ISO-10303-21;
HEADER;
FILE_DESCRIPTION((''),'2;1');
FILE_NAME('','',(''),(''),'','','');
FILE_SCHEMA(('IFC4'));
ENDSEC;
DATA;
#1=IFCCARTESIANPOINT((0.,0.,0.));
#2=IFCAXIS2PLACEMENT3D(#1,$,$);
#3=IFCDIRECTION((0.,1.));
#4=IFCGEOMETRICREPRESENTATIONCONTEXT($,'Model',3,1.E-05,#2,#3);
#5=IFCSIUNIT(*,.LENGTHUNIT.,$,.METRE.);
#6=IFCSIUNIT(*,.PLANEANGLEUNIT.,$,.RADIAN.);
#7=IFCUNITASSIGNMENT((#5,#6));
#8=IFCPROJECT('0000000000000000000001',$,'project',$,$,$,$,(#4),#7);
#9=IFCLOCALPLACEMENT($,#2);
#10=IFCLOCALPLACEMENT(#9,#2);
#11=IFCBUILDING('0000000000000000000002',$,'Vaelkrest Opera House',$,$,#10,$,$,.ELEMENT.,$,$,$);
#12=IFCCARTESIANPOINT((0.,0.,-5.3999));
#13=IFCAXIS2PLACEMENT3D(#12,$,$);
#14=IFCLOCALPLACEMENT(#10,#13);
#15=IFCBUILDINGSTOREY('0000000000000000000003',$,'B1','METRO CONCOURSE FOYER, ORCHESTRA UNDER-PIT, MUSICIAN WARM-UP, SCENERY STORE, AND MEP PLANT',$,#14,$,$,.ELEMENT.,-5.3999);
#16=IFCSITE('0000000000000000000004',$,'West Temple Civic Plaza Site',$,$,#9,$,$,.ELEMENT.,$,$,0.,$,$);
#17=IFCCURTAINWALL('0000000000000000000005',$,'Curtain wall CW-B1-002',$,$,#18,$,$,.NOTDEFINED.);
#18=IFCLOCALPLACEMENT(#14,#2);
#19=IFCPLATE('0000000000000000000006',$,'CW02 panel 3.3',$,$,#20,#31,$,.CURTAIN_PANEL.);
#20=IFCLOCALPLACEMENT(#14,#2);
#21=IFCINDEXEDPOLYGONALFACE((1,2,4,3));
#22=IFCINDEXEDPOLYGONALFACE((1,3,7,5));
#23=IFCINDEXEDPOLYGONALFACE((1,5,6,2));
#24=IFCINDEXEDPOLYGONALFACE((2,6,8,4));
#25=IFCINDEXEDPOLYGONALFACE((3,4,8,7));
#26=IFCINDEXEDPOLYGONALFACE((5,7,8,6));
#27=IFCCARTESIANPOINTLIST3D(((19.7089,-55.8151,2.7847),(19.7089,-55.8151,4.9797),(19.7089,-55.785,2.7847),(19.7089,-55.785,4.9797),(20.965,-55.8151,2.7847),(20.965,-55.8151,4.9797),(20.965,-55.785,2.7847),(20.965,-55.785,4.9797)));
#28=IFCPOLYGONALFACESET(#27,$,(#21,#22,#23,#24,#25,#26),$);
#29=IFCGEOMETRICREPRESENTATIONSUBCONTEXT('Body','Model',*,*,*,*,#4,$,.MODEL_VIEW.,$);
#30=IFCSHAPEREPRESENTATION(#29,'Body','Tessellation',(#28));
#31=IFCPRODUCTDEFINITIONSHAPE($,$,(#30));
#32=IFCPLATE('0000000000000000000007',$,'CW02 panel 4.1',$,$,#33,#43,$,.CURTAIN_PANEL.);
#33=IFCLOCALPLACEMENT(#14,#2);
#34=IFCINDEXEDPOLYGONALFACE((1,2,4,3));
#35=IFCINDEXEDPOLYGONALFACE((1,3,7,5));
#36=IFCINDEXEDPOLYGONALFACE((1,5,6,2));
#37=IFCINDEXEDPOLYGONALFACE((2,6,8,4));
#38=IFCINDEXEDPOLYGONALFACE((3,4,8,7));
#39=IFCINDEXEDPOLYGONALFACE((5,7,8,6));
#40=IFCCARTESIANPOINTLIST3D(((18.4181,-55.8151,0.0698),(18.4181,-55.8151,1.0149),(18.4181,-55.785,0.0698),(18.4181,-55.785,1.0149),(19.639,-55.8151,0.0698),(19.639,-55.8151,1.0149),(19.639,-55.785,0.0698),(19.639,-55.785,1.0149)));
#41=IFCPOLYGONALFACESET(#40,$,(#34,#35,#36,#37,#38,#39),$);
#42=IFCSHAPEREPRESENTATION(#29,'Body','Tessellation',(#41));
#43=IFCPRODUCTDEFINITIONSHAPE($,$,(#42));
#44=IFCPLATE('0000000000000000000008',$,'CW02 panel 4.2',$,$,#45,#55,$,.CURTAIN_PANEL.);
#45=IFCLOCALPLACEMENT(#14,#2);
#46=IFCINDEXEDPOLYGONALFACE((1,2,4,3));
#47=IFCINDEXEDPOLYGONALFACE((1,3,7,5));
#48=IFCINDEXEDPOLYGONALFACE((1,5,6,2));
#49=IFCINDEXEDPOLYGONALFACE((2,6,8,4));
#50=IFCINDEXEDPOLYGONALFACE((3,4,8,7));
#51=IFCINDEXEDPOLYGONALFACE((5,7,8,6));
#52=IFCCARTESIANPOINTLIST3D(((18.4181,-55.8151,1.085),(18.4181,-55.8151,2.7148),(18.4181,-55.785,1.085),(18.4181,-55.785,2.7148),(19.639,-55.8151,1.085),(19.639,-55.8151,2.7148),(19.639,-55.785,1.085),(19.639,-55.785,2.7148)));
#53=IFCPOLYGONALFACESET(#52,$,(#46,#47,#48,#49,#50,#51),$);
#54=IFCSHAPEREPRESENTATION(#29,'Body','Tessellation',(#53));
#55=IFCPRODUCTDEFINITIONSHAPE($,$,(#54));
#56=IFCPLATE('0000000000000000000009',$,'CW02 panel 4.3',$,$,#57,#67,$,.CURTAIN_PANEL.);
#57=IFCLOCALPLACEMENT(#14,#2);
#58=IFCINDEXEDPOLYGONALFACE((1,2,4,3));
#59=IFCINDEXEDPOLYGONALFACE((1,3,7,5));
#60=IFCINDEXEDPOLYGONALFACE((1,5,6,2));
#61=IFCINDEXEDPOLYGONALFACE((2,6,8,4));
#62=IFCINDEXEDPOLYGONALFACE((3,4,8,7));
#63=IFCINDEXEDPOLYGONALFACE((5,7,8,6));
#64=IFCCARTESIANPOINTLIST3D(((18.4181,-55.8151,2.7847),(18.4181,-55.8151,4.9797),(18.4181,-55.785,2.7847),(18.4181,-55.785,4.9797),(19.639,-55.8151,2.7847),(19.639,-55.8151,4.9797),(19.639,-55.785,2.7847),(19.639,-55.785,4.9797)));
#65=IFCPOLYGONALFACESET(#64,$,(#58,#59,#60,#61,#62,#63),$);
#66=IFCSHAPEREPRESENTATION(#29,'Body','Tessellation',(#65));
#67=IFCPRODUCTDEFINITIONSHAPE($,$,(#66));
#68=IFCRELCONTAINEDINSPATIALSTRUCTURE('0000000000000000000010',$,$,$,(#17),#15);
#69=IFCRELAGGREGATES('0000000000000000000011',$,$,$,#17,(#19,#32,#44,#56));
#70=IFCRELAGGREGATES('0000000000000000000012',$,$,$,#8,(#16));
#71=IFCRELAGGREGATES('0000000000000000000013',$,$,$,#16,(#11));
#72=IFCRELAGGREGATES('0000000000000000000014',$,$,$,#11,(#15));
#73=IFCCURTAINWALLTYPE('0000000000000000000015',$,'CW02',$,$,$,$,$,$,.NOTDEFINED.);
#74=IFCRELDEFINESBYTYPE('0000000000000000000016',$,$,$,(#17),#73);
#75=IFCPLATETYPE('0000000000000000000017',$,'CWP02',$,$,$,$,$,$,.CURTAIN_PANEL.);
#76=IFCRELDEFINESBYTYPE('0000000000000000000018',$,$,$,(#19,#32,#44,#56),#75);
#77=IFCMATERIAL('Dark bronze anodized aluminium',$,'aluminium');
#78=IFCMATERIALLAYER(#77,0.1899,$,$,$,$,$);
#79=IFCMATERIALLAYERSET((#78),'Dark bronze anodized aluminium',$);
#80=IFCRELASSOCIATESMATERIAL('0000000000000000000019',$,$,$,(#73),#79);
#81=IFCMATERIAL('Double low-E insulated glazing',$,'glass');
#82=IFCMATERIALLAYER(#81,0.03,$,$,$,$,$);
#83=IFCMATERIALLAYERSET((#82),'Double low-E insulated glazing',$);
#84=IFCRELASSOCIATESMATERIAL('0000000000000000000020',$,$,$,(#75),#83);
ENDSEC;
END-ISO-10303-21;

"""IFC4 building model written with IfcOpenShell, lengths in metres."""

from ifc_helpers import new_model, si_unit, direction, frame, origin, origin_2d, place, context, subcontext, project, spatial, rectangle, extrude, material, layer, layer_set, type_object, element, aggregate, save


model = new_model("IFC4")

# Units and contexts
model_context = context("Model", 3, precision=1e-05, world=origin(), true_north=direction((0.0, 1.0)))
body_context = subcontext(model_context, "Body", "Model", "MODEL_VIEW")
ifc_project = project(units=[si_unit("LENGTHUNIT", "METRE"), si_unit("PLANEANGLEUNIT", "RADIAN")], contexts=[model_context])

# Site, building, storey
site_placement = place(None, origin())
site = spatial("IfcSite", under=ifc_project, at=site_placement, Name="West Temple Civic Plaza Site", CompositionType="ELEMENT", RefElevation=0.0)
building_placement = place(site_placement, origin())
building = spatial("IfcBuilding", under=site, at=building_placement, Name="Vaelkrest Opera House", CompositionType="ELEMENT")
storey_placement = place(building_placement, frame((0.0, 0.0, -5.3999)))
storey = spatial("IfcBuildingStorey", under=building, at=storey_placement, Name="B1", Description="METRO CONCOURSE FOYER, ORCHESTRA UNDER-PIT, MUSICIAN WARM-UP, SCENERY STORE, AND MEP PLANT", CompositionType="ELEMENT", Elevation=-5.3999)

# Curtain wall
ifc_material_1 = material(Name="Dark bronze anodized aluminium", Category="aluminium")
ifc_layer_1 = layer(ifc_material_1, 0.1899)
ifc_layer_set_1 = layer_set([ifc_layer_1], Name="Dark bronze anodized aluminium")
curtain_wall_type_1 = type_object("IfcCurtainWallType", Name="CW02", PredefinedType="NOTDEFINED", material=ifc_layer_set_1)
curtain_wall_1_placement = place(storey_placement, origin())
curtain_wall_1 = element("IfcCurtainWall", 1, at=curtain_wall_1_placement, inside=storey, type_object=curtain_wall_type_1, Name="Curtain wall CW-B1-002", PredefinedType="NOTDEFINED")

# Plates
ifc_material_2 = material(Name="Double low-E insulated glazing", Category="glass")
ifc_layer_2 = layer(ifc_material_2, 0.03)
ifc_layer_set_2 = layer_set([ifc_layer_2], Name="Double low-E insulated glazing")
plate_type = type_object("IfcPlateType", Name="CWP02", PredefinedType="CURTAIN_PANEL", material=ifc_layer_set_2)
plate_1_placement = place(storey_placement, frame((20.3369, -55.8, 2.7847), z_axis=(0.0, 0.0, 1.0), x_axis=(-1.0, 0.0, 0.0)))
plate_1 = element("IfcPlate", 2, at=plate_1_placement, type_object=plate_type, Name="CW02 panel 3.3", PredefinedType="CURTAIN_PANEL", context=body_context, shape_type="SweptSolid", body=[
    extrude(rectangle(XDim=1.2561, YDim=0.03, at=origin_2d()), origin(), (0.0, 0.0, 1.0), 2.1951),
])
plate_2_placement = place(storey_placement, frame((19.0286, -55.8, 0.0698), z_axis=(0.0, 0.0, 1.0), x_axis=(-1.0, 0.0, 0.0)))
plate_2 = element("IfcPlate", 3, at=plate_2_placement, type_object=plate_type, Name="CW02 panel 4.1", PredefinedType="CURTAIN_PANEL", context=body_context, shape_type="SweptSolid", body=[
    extrude(rectangle(XDim=1.2209, YDim=0.03, at=origin_2d()), origin(), (0.0, 0.0, 1.0), 0.9451),
])
plate_3_placement = place(storey_placement, frame((19.0286, -55.8, 1.085), z_axis=(0.0, 0.0, 1.0), x_axis=(-1.0, 0.0, 0.0)))
plate_3 = element("IfcPlate", 4, at=plate_3_placement, type_object=plate_type, Name="CW02 panel 4.2", PredefinedType="CURTAIN_PANEL", context=body_context, shape_type="SweptSolid", body=[
    extrude(rectangle(XDim=1.2209, YDim=0.03, at=origin_2d()), origin(), (0.0, 0.0, 1.0), 1.6299),
])
plate_4_placement = place(storey_placement, frame((19.0286, -55.8, 2.7847), z_axis=(0.0, 0.0, 1.0), x_axis=(-1.0, 0.0, 0.0)))
plate_4 = element("IfcPlate", 5, at=plate_4_placement, type_object=plate_type, Name="CW02 panel 4.3", PredefinedType="CURTAIN_PANEL", context=body_context, shape_type="SweptSolid", body=[
    extrude(rectangle(XDim=1.2209, YDim=0.03, at=origin_2d()), origin(), (0.0, 0.0, 1.0), 2.1951),
])
aggregate(curtain_wall_1, [plate_1, plate_2, plate_3, plate_4])

save(model, "model.ifc")
